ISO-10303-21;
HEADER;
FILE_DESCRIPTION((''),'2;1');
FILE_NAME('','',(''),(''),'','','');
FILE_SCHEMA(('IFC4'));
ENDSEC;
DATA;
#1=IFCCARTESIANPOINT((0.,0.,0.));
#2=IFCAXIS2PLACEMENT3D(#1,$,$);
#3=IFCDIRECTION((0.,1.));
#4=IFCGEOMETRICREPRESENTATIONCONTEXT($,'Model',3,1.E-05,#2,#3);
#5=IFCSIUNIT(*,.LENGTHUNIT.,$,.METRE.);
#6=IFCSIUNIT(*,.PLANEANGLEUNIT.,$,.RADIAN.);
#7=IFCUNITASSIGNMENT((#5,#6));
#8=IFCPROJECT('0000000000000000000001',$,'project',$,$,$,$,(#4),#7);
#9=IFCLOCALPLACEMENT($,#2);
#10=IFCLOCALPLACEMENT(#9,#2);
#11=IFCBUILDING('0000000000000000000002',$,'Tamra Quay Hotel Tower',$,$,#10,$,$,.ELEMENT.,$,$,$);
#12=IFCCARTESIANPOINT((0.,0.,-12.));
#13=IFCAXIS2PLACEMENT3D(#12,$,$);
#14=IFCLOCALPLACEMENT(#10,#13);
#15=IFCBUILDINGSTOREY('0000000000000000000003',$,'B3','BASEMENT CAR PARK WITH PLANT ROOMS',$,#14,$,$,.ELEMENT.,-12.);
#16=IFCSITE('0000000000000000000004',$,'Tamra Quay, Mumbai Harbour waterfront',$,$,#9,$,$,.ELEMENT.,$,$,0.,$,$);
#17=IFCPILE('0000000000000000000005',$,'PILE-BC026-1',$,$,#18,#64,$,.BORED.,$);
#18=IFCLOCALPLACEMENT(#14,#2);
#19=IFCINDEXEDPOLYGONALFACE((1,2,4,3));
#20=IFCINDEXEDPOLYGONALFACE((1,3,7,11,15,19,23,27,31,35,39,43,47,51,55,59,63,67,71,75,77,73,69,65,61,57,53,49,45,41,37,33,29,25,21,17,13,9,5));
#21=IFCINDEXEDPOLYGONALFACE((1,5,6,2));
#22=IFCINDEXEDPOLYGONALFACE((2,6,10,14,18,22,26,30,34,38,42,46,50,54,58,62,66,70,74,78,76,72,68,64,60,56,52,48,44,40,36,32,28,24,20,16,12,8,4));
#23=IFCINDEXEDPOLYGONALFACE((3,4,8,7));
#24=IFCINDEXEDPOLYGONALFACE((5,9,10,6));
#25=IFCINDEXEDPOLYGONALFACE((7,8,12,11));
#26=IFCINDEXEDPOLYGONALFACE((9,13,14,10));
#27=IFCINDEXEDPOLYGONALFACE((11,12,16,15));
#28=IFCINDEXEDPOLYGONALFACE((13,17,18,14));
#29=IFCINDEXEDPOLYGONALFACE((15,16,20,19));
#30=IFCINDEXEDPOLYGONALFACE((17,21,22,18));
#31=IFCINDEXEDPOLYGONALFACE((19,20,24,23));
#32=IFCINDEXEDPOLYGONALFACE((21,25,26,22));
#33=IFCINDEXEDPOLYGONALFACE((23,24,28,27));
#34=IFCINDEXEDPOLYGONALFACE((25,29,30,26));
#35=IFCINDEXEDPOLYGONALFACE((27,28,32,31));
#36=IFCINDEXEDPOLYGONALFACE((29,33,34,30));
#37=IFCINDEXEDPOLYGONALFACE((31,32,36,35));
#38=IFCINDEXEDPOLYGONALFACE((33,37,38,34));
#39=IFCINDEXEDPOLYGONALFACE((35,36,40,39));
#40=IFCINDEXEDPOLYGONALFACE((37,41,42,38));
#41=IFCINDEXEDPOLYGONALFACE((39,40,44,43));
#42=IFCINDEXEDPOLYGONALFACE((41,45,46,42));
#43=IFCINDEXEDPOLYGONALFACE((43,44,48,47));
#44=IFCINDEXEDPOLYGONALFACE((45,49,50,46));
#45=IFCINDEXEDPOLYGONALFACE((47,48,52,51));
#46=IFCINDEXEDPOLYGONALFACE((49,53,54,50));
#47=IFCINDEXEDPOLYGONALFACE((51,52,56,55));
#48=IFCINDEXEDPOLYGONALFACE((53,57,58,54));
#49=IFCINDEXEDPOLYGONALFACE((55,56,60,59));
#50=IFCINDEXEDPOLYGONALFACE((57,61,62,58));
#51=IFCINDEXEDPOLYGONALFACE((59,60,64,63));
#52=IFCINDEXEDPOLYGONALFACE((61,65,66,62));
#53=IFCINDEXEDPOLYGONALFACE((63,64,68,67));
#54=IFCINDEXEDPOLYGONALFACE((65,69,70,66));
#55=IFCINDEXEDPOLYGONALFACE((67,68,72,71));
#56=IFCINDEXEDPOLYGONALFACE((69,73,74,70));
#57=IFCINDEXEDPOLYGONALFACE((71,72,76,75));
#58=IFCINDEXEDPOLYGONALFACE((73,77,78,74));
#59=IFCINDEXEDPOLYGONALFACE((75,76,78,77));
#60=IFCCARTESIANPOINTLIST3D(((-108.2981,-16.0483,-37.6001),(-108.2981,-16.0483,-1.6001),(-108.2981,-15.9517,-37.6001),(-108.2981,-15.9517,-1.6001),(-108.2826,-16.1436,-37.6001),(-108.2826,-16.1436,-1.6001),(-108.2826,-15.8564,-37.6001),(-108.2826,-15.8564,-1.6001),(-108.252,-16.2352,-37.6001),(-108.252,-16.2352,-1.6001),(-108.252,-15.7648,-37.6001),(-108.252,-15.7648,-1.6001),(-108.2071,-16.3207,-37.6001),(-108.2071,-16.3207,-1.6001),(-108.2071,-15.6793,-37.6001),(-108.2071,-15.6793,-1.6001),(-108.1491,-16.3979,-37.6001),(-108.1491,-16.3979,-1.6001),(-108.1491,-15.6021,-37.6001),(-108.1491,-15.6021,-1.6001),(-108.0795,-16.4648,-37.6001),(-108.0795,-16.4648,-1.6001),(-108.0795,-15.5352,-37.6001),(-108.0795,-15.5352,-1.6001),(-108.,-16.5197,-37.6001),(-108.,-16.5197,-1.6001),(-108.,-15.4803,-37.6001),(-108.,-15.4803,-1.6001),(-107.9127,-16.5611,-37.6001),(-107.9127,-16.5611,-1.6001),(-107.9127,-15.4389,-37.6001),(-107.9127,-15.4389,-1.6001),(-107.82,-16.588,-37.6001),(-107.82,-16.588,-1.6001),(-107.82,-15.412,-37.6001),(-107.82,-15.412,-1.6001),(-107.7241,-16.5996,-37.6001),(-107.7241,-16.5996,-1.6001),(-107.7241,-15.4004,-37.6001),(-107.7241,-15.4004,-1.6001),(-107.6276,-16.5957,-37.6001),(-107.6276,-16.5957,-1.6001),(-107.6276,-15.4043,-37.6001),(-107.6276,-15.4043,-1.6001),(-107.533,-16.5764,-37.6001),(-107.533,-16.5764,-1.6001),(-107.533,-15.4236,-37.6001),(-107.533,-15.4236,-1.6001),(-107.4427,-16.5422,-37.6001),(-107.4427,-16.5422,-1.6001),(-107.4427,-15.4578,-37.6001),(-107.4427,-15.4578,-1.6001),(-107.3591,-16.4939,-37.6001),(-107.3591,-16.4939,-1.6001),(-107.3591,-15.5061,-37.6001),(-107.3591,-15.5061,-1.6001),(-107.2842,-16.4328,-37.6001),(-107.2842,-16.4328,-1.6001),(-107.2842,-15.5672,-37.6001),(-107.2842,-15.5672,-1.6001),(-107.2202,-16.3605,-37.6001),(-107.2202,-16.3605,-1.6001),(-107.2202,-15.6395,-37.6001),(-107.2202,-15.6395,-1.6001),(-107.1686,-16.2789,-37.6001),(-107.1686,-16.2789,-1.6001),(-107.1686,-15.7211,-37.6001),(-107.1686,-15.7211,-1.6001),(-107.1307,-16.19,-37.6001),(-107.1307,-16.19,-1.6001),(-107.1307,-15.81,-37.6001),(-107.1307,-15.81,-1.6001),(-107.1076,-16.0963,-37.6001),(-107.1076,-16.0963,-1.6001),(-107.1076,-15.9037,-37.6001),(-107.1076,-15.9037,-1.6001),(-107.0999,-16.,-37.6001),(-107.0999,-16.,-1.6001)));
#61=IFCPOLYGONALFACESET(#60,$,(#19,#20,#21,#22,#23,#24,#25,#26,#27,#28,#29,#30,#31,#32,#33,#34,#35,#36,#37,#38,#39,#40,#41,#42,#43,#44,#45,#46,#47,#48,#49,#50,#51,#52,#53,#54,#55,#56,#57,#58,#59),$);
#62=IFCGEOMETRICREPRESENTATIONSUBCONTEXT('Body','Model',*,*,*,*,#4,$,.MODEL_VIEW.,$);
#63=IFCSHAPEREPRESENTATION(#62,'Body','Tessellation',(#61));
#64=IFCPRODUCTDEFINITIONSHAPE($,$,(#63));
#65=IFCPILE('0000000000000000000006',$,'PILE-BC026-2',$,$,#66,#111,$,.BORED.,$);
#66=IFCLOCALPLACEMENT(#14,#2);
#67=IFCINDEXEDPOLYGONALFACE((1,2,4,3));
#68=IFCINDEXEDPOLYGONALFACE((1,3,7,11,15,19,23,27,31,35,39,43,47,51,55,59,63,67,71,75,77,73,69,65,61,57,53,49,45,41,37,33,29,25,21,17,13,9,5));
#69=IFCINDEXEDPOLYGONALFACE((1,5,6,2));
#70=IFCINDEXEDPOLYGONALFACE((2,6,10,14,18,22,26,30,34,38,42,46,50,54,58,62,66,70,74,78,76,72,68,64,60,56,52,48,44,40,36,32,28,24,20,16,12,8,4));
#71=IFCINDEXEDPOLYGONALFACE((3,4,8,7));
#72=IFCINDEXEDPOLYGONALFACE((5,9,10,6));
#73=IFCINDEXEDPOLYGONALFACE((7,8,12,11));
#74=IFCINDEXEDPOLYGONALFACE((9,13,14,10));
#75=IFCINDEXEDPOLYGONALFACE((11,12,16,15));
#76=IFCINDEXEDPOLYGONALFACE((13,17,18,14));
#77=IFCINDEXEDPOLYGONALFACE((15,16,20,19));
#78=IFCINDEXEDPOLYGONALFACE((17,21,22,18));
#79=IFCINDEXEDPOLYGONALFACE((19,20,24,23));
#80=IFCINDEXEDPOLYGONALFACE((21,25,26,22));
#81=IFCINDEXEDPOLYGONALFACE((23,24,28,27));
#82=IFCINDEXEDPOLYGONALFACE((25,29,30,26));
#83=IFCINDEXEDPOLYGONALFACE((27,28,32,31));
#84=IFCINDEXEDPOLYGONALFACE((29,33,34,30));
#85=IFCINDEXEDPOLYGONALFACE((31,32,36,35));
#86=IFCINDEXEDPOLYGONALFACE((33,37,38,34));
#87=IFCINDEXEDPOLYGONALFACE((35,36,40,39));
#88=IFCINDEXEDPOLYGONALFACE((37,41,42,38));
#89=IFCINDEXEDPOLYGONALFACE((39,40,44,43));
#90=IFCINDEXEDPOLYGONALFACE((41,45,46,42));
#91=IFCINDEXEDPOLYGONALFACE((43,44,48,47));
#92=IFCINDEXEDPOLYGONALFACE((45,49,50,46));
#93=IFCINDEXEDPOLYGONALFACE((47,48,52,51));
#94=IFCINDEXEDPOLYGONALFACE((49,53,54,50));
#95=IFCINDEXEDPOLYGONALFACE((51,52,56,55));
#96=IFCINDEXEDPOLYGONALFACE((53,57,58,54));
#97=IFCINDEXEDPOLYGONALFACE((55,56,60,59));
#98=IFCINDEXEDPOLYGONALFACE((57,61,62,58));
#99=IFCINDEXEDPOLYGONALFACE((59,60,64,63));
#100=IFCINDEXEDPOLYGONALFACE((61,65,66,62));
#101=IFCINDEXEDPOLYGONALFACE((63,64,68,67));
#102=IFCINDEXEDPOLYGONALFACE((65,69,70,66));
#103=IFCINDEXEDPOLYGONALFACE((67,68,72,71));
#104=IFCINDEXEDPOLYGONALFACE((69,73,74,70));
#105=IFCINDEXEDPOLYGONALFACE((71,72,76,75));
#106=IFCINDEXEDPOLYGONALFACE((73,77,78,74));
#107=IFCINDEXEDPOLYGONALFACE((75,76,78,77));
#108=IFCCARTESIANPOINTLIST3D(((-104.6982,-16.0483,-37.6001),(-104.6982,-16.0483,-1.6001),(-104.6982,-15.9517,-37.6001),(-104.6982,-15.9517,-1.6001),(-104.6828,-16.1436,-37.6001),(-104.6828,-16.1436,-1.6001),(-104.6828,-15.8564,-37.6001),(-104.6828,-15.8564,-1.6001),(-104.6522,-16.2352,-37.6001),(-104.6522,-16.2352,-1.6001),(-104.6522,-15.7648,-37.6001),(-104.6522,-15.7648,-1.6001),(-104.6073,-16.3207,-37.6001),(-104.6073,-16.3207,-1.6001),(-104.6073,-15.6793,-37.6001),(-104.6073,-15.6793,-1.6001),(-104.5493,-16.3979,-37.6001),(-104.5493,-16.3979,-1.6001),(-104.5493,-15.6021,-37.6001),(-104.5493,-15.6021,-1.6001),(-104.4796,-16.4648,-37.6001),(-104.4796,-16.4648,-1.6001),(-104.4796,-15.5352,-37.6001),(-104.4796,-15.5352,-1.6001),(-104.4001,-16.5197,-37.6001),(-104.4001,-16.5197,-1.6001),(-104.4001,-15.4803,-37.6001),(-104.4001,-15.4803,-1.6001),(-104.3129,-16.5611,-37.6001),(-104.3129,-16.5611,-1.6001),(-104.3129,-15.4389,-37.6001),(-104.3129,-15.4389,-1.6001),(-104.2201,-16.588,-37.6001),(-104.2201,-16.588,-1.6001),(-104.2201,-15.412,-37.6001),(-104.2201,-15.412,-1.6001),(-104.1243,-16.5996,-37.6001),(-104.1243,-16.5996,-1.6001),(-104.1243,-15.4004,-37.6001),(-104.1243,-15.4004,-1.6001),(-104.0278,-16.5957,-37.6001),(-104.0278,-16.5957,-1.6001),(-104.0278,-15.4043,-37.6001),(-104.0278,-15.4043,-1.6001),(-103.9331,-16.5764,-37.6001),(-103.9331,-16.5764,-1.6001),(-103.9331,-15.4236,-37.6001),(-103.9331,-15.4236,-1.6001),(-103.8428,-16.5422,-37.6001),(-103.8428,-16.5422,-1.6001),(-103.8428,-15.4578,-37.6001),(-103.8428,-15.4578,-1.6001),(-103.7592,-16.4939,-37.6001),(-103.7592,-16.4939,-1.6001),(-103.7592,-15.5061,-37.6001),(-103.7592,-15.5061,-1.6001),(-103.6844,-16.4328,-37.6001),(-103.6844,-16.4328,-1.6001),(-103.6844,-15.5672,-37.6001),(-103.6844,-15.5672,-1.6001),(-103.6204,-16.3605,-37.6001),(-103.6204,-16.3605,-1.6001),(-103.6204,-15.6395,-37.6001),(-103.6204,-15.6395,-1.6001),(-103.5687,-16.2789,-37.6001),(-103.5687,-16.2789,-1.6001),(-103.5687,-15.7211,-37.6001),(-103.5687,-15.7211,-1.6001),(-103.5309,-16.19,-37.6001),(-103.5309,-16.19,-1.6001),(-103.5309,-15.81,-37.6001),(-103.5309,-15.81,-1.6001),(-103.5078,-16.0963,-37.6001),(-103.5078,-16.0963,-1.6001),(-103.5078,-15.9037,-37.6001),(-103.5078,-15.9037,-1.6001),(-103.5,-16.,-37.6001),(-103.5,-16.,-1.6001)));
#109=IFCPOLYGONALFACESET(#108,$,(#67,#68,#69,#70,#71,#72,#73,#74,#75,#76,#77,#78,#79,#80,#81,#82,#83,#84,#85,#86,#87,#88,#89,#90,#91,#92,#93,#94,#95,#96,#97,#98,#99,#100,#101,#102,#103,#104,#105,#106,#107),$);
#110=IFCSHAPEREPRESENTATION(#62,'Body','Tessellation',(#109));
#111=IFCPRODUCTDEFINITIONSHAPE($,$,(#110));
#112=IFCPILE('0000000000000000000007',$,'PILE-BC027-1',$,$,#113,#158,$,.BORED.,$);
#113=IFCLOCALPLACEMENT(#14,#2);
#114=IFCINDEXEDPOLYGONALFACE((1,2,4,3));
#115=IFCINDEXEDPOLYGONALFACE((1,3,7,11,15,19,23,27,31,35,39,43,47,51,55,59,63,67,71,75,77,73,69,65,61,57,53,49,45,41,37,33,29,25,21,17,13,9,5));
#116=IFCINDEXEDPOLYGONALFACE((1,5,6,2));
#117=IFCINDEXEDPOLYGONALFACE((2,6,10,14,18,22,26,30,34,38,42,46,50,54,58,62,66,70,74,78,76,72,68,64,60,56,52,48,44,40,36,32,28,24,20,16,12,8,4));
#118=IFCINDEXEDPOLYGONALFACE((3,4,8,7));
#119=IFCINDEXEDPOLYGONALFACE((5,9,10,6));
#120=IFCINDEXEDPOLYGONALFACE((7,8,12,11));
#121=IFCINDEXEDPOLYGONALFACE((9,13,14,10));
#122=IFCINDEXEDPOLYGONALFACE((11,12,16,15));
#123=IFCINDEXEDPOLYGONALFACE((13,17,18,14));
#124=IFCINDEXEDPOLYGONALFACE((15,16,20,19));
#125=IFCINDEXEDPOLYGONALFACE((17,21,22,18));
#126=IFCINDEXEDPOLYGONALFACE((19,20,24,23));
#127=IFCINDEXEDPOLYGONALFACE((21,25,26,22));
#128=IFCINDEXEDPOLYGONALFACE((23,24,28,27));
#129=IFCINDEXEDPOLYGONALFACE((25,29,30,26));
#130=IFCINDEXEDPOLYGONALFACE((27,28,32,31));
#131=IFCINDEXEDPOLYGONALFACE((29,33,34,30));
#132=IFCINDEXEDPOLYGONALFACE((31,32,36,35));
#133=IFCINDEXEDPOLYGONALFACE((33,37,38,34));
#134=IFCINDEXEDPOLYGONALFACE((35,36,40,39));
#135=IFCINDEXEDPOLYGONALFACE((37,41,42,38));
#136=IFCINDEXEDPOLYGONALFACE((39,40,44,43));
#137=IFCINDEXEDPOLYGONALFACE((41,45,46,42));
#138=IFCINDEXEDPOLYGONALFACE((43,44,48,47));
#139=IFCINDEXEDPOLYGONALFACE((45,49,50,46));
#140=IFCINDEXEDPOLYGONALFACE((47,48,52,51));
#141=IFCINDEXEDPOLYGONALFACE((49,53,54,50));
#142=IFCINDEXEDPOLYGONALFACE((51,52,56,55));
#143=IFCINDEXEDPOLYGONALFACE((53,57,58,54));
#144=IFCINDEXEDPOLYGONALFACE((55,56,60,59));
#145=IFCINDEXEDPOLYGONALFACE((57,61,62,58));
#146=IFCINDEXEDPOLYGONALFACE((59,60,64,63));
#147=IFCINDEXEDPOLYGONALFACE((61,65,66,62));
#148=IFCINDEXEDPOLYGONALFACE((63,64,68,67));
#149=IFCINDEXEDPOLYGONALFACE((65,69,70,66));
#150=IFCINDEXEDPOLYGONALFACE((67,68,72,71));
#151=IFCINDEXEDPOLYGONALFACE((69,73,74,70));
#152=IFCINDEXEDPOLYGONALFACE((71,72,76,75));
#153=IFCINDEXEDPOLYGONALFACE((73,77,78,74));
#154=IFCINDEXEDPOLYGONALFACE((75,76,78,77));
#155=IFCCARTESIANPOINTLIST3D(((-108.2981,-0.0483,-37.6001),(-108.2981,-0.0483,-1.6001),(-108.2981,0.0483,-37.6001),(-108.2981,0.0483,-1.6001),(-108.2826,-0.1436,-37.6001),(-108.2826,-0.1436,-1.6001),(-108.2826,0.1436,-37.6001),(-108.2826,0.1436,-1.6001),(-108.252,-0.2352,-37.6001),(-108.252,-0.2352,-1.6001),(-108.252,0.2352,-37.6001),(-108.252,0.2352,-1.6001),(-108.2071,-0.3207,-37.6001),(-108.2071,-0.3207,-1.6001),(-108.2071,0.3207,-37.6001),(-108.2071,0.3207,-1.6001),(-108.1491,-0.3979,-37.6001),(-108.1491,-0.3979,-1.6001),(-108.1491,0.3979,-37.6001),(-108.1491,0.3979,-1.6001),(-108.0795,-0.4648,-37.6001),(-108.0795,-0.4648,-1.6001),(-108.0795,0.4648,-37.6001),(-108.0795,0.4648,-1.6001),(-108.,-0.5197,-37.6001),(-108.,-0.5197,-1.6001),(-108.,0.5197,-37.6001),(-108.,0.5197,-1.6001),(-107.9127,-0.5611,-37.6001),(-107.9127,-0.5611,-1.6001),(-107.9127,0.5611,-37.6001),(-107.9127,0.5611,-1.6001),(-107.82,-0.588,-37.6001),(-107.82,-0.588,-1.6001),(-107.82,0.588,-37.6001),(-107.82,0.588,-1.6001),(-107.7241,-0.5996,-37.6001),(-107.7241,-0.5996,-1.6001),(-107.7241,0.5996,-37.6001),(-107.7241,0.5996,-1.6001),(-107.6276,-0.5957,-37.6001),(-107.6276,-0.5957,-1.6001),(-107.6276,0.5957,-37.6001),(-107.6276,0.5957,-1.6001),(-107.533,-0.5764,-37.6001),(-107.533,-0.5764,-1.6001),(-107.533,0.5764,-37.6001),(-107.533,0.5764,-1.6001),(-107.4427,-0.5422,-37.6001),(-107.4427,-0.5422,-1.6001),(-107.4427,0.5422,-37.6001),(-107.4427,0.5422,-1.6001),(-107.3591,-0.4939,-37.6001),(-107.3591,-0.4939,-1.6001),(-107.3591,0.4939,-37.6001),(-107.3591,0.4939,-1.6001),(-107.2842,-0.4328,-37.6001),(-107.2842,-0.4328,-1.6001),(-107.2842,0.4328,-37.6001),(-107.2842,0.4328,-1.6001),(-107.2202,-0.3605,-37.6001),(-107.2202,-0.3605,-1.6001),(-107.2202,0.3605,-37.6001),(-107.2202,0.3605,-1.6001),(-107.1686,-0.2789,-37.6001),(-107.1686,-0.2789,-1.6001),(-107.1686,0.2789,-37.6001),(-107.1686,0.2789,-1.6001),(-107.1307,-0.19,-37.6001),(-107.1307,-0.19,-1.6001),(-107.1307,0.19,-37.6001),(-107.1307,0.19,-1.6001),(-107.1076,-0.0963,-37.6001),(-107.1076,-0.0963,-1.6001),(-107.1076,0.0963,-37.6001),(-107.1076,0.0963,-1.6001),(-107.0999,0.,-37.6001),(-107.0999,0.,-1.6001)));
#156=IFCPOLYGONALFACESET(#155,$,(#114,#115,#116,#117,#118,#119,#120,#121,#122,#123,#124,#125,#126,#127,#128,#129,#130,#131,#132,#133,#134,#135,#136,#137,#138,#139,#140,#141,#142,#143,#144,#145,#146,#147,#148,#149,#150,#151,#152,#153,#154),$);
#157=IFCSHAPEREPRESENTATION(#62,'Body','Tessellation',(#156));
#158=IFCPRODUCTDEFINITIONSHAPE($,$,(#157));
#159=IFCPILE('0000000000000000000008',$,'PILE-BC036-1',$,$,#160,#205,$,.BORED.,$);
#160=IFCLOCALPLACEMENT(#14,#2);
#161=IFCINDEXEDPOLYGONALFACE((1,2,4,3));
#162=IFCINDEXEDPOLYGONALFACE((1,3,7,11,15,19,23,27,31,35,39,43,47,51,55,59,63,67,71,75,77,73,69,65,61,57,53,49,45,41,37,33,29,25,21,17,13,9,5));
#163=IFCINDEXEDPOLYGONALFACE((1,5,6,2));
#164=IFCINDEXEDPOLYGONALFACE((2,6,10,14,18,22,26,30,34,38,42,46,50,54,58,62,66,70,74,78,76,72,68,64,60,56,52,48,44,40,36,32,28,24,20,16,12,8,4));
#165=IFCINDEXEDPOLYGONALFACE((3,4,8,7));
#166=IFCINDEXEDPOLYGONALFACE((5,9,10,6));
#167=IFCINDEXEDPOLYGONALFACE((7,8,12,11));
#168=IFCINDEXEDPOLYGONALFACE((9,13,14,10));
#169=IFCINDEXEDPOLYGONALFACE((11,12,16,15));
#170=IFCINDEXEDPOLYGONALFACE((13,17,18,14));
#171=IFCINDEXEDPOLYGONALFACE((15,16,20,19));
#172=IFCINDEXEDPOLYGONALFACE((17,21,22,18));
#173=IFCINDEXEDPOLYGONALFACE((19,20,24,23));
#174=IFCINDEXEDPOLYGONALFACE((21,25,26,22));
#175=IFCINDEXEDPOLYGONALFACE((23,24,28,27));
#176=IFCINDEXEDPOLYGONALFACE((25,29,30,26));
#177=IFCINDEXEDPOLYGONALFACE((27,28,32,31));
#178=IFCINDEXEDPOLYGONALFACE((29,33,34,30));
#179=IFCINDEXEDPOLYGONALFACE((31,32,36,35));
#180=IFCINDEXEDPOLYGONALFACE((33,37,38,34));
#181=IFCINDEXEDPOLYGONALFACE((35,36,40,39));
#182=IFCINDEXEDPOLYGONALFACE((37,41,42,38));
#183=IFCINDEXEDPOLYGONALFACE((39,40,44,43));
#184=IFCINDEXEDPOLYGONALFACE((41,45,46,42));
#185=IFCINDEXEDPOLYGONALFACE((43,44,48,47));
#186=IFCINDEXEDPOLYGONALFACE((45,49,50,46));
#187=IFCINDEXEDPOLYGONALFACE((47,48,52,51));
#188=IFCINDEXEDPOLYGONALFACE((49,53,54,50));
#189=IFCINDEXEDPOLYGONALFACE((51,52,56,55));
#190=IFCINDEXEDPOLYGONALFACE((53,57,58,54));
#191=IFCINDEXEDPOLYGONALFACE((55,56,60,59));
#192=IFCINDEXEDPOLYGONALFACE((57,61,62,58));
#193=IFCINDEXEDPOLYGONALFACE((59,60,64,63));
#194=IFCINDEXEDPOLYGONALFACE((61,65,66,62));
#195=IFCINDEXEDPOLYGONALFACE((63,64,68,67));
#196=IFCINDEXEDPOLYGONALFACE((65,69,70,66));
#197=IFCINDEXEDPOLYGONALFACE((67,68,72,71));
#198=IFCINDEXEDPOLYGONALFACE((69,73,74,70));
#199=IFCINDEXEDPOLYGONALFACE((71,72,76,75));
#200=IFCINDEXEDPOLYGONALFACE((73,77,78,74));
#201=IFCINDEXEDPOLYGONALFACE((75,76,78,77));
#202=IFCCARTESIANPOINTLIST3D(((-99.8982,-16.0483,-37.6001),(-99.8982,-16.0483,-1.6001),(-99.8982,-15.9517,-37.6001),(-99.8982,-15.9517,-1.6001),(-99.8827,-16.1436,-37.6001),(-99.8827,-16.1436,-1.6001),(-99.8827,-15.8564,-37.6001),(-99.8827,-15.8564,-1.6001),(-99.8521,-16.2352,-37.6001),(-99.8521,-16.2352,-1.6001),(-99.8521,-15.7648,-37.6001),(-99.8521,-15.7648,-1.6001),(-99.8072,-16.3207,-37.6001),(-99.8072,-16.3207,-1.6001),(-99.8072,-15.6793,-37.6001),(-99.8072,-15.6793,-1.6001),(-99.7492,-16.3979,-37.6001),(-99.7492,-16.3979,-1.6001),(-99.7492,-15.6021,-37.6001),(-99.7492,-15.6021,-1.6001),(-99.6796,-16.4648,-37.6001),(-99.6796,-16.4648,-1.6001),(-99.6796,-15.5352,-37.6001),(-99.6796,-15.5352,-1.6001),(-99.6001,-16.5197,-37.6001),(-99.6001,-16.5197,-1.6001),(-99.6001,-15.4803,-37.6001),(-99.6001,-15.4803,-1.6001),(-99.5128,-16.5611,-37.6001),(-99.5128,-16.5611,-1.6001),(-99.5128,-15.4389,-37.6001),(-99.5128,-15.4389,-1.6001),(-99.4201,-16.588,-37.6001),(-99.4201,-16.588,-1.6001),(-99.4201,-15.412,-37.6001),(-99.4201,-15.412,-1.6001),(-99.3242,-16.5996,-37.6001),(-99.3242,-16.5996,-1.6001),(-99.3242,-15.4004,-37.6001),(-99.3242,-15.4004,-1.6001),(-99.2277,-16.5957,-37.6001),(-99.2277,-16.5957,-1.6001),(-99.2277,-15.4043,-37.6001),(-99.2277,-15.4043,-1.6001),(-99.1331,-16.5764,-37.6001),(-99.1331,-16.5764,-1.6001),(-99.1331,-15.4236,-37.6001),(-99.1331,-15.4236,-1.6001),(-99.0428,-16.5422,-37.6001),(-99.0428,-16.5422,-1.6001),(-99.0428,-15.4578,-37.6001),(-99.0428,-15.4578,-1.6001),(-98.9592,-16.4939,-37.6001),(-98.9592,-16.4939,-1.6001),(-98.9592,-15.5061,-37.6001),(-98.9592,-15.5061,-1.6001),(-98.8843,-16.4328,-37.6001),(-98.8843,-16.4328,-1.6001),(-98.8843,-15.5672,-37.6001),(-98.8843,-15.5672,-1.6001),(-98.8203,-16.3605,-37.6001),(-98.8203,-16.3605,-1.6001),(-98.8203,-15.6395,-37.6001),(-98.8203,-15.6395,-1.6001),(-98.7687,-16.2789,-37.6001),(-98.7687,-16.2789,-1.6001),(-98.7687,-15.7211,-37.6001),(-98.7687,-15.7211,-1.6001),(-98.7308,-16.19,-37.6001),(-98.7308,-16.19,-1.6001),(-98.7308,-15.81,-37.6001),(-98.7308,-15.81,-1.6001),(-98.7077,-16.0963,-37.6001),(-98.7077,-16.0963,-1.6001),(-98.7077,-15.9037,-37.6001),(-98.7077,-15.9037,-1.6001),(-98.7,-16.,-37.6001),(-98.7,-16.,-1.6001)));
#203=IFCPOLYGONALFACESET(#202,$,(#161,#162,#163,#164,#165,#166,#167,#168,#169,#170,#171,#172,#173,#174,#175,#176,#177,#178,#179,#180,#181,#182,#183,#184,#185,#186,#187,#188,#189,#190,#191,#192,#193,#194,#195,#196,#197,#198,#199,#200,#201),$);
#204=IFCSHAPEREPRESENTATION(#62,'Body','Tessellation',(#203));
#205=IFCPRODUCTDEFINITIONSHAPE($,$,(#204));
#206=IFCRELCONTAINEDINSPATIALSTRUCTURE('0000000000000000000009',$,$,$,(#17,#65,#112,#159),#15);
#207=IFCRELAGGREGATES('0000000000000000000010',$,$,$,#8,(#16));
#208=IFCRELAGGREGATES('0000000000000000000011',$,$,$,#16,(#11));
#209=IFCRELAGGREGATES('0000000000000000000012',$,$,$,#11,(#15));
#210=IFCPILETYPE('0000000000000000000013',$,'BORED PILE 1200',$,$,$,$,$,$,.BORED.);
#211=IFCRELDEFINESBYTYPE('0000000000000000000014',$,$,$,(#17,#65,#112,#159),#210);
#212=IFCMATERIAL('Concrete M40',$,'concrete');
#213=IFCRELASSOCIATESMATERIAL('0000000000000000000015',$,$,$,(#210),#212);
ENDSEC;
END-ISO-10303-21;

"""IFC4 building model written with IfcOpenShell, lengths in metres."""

from ifc_helpers import new_model, si_unit, direction, frame, origin, origin_2d, place, context, subcontext, project, spatial, circle, extrude, material, material_profile, profile_set, type_object, element, save


model = new_model("IFC4")

# Units and contexts
model_context = context("Model", 3, precision=1e-05, world=origin(), true_north=direction((0.0, 1.0)))
body_context = subcontext(model_context, "Body", "Model", "MODEL_VIEW")
ifc_project = project(units=[si_unit("LENGTHUNIT", "METRE"), si_unit("PLANEANGLEUNIT", "RADIAN")], contexts=[model_context])

# Site, building, storey
site_placement = place(None, origin())
site = spatial("IfcSite", under=ifc_project, at=site_placement, Name="Tamra Quay, Mumbai Harbour waterfront", CompositionType="ELEMENT", RefElevation=0.0)
building_placement = place(site_placement, origin())
building = spatial("IfcBuilding", under=site, at=building_placement, Name="Tamra Quay Hotel Tower", CompositionType="ELEMENT")
storey_placement = place(building_placement, frame((0.0, 0.0, -12.0)))
storey = spatial("IfcBuildingStorey", under=building, at=storey_placement, Name="B3", Description="BASEMENT CAR PARK WITH PLANT ROOMS", CompositionType="ELEMENT", Elevation=-12.0)

# Piles
ifc_material_1 = material(Name="Concrete M40", Category="concrete")
ifc_material_profile_1 = material_profile(ifc_material_1, circle(Radius=0.6001, at=origin_2d()), Name="BORED PILE 1200")
ifc_profile_set_1 = profile_set([ifc_material_profile_1], Name="Concrete M40")
pile_type = type_object("IfcPileType", Name="BORED PILE 1200", PredefinedType="BORED", material=ifc_profile_set_1)
for number, where, z_axis, x_axis, name in (
    (1, (-107.7, -16.0, -1.6001), (0.0, 0.0, -1.0), (1.0, 0.0, 0.0), "PILE-BC026-1"),
    (2, (-104.1001, -16.0, -1.6001), (0.0, 0.0, -1.0), (1.0, 0.0, 0.0), "PILE-BC026-2"),
    (3, (-107.7, 0.0, -1.6001), (0.0, 0.0, -1.0), (1.0, 0.0, 0.0), "PILE-BC027-1"),
    (4, (-99.3, -16.0, -1.6001), (0.0, 0.0, -1.0), (1.0, 0.0, 0.0), "PILE-BC036-1"),
):
    element("IfcPile", number, at=place(storey_placement, frame(where, z_axis=z_axis, x_axis=x_axis)), inside=storey, type_object=pile_type, Name=name, PredefinedType="BORED", context=body_context, shape_type="SweptSolid", body=[
        extrude(circle(Radius=0.6001, at=origin_2d()), origin(), (0.0, 0.0, 1.0), 36.0),
    ])

save(model, "model.ifc")
